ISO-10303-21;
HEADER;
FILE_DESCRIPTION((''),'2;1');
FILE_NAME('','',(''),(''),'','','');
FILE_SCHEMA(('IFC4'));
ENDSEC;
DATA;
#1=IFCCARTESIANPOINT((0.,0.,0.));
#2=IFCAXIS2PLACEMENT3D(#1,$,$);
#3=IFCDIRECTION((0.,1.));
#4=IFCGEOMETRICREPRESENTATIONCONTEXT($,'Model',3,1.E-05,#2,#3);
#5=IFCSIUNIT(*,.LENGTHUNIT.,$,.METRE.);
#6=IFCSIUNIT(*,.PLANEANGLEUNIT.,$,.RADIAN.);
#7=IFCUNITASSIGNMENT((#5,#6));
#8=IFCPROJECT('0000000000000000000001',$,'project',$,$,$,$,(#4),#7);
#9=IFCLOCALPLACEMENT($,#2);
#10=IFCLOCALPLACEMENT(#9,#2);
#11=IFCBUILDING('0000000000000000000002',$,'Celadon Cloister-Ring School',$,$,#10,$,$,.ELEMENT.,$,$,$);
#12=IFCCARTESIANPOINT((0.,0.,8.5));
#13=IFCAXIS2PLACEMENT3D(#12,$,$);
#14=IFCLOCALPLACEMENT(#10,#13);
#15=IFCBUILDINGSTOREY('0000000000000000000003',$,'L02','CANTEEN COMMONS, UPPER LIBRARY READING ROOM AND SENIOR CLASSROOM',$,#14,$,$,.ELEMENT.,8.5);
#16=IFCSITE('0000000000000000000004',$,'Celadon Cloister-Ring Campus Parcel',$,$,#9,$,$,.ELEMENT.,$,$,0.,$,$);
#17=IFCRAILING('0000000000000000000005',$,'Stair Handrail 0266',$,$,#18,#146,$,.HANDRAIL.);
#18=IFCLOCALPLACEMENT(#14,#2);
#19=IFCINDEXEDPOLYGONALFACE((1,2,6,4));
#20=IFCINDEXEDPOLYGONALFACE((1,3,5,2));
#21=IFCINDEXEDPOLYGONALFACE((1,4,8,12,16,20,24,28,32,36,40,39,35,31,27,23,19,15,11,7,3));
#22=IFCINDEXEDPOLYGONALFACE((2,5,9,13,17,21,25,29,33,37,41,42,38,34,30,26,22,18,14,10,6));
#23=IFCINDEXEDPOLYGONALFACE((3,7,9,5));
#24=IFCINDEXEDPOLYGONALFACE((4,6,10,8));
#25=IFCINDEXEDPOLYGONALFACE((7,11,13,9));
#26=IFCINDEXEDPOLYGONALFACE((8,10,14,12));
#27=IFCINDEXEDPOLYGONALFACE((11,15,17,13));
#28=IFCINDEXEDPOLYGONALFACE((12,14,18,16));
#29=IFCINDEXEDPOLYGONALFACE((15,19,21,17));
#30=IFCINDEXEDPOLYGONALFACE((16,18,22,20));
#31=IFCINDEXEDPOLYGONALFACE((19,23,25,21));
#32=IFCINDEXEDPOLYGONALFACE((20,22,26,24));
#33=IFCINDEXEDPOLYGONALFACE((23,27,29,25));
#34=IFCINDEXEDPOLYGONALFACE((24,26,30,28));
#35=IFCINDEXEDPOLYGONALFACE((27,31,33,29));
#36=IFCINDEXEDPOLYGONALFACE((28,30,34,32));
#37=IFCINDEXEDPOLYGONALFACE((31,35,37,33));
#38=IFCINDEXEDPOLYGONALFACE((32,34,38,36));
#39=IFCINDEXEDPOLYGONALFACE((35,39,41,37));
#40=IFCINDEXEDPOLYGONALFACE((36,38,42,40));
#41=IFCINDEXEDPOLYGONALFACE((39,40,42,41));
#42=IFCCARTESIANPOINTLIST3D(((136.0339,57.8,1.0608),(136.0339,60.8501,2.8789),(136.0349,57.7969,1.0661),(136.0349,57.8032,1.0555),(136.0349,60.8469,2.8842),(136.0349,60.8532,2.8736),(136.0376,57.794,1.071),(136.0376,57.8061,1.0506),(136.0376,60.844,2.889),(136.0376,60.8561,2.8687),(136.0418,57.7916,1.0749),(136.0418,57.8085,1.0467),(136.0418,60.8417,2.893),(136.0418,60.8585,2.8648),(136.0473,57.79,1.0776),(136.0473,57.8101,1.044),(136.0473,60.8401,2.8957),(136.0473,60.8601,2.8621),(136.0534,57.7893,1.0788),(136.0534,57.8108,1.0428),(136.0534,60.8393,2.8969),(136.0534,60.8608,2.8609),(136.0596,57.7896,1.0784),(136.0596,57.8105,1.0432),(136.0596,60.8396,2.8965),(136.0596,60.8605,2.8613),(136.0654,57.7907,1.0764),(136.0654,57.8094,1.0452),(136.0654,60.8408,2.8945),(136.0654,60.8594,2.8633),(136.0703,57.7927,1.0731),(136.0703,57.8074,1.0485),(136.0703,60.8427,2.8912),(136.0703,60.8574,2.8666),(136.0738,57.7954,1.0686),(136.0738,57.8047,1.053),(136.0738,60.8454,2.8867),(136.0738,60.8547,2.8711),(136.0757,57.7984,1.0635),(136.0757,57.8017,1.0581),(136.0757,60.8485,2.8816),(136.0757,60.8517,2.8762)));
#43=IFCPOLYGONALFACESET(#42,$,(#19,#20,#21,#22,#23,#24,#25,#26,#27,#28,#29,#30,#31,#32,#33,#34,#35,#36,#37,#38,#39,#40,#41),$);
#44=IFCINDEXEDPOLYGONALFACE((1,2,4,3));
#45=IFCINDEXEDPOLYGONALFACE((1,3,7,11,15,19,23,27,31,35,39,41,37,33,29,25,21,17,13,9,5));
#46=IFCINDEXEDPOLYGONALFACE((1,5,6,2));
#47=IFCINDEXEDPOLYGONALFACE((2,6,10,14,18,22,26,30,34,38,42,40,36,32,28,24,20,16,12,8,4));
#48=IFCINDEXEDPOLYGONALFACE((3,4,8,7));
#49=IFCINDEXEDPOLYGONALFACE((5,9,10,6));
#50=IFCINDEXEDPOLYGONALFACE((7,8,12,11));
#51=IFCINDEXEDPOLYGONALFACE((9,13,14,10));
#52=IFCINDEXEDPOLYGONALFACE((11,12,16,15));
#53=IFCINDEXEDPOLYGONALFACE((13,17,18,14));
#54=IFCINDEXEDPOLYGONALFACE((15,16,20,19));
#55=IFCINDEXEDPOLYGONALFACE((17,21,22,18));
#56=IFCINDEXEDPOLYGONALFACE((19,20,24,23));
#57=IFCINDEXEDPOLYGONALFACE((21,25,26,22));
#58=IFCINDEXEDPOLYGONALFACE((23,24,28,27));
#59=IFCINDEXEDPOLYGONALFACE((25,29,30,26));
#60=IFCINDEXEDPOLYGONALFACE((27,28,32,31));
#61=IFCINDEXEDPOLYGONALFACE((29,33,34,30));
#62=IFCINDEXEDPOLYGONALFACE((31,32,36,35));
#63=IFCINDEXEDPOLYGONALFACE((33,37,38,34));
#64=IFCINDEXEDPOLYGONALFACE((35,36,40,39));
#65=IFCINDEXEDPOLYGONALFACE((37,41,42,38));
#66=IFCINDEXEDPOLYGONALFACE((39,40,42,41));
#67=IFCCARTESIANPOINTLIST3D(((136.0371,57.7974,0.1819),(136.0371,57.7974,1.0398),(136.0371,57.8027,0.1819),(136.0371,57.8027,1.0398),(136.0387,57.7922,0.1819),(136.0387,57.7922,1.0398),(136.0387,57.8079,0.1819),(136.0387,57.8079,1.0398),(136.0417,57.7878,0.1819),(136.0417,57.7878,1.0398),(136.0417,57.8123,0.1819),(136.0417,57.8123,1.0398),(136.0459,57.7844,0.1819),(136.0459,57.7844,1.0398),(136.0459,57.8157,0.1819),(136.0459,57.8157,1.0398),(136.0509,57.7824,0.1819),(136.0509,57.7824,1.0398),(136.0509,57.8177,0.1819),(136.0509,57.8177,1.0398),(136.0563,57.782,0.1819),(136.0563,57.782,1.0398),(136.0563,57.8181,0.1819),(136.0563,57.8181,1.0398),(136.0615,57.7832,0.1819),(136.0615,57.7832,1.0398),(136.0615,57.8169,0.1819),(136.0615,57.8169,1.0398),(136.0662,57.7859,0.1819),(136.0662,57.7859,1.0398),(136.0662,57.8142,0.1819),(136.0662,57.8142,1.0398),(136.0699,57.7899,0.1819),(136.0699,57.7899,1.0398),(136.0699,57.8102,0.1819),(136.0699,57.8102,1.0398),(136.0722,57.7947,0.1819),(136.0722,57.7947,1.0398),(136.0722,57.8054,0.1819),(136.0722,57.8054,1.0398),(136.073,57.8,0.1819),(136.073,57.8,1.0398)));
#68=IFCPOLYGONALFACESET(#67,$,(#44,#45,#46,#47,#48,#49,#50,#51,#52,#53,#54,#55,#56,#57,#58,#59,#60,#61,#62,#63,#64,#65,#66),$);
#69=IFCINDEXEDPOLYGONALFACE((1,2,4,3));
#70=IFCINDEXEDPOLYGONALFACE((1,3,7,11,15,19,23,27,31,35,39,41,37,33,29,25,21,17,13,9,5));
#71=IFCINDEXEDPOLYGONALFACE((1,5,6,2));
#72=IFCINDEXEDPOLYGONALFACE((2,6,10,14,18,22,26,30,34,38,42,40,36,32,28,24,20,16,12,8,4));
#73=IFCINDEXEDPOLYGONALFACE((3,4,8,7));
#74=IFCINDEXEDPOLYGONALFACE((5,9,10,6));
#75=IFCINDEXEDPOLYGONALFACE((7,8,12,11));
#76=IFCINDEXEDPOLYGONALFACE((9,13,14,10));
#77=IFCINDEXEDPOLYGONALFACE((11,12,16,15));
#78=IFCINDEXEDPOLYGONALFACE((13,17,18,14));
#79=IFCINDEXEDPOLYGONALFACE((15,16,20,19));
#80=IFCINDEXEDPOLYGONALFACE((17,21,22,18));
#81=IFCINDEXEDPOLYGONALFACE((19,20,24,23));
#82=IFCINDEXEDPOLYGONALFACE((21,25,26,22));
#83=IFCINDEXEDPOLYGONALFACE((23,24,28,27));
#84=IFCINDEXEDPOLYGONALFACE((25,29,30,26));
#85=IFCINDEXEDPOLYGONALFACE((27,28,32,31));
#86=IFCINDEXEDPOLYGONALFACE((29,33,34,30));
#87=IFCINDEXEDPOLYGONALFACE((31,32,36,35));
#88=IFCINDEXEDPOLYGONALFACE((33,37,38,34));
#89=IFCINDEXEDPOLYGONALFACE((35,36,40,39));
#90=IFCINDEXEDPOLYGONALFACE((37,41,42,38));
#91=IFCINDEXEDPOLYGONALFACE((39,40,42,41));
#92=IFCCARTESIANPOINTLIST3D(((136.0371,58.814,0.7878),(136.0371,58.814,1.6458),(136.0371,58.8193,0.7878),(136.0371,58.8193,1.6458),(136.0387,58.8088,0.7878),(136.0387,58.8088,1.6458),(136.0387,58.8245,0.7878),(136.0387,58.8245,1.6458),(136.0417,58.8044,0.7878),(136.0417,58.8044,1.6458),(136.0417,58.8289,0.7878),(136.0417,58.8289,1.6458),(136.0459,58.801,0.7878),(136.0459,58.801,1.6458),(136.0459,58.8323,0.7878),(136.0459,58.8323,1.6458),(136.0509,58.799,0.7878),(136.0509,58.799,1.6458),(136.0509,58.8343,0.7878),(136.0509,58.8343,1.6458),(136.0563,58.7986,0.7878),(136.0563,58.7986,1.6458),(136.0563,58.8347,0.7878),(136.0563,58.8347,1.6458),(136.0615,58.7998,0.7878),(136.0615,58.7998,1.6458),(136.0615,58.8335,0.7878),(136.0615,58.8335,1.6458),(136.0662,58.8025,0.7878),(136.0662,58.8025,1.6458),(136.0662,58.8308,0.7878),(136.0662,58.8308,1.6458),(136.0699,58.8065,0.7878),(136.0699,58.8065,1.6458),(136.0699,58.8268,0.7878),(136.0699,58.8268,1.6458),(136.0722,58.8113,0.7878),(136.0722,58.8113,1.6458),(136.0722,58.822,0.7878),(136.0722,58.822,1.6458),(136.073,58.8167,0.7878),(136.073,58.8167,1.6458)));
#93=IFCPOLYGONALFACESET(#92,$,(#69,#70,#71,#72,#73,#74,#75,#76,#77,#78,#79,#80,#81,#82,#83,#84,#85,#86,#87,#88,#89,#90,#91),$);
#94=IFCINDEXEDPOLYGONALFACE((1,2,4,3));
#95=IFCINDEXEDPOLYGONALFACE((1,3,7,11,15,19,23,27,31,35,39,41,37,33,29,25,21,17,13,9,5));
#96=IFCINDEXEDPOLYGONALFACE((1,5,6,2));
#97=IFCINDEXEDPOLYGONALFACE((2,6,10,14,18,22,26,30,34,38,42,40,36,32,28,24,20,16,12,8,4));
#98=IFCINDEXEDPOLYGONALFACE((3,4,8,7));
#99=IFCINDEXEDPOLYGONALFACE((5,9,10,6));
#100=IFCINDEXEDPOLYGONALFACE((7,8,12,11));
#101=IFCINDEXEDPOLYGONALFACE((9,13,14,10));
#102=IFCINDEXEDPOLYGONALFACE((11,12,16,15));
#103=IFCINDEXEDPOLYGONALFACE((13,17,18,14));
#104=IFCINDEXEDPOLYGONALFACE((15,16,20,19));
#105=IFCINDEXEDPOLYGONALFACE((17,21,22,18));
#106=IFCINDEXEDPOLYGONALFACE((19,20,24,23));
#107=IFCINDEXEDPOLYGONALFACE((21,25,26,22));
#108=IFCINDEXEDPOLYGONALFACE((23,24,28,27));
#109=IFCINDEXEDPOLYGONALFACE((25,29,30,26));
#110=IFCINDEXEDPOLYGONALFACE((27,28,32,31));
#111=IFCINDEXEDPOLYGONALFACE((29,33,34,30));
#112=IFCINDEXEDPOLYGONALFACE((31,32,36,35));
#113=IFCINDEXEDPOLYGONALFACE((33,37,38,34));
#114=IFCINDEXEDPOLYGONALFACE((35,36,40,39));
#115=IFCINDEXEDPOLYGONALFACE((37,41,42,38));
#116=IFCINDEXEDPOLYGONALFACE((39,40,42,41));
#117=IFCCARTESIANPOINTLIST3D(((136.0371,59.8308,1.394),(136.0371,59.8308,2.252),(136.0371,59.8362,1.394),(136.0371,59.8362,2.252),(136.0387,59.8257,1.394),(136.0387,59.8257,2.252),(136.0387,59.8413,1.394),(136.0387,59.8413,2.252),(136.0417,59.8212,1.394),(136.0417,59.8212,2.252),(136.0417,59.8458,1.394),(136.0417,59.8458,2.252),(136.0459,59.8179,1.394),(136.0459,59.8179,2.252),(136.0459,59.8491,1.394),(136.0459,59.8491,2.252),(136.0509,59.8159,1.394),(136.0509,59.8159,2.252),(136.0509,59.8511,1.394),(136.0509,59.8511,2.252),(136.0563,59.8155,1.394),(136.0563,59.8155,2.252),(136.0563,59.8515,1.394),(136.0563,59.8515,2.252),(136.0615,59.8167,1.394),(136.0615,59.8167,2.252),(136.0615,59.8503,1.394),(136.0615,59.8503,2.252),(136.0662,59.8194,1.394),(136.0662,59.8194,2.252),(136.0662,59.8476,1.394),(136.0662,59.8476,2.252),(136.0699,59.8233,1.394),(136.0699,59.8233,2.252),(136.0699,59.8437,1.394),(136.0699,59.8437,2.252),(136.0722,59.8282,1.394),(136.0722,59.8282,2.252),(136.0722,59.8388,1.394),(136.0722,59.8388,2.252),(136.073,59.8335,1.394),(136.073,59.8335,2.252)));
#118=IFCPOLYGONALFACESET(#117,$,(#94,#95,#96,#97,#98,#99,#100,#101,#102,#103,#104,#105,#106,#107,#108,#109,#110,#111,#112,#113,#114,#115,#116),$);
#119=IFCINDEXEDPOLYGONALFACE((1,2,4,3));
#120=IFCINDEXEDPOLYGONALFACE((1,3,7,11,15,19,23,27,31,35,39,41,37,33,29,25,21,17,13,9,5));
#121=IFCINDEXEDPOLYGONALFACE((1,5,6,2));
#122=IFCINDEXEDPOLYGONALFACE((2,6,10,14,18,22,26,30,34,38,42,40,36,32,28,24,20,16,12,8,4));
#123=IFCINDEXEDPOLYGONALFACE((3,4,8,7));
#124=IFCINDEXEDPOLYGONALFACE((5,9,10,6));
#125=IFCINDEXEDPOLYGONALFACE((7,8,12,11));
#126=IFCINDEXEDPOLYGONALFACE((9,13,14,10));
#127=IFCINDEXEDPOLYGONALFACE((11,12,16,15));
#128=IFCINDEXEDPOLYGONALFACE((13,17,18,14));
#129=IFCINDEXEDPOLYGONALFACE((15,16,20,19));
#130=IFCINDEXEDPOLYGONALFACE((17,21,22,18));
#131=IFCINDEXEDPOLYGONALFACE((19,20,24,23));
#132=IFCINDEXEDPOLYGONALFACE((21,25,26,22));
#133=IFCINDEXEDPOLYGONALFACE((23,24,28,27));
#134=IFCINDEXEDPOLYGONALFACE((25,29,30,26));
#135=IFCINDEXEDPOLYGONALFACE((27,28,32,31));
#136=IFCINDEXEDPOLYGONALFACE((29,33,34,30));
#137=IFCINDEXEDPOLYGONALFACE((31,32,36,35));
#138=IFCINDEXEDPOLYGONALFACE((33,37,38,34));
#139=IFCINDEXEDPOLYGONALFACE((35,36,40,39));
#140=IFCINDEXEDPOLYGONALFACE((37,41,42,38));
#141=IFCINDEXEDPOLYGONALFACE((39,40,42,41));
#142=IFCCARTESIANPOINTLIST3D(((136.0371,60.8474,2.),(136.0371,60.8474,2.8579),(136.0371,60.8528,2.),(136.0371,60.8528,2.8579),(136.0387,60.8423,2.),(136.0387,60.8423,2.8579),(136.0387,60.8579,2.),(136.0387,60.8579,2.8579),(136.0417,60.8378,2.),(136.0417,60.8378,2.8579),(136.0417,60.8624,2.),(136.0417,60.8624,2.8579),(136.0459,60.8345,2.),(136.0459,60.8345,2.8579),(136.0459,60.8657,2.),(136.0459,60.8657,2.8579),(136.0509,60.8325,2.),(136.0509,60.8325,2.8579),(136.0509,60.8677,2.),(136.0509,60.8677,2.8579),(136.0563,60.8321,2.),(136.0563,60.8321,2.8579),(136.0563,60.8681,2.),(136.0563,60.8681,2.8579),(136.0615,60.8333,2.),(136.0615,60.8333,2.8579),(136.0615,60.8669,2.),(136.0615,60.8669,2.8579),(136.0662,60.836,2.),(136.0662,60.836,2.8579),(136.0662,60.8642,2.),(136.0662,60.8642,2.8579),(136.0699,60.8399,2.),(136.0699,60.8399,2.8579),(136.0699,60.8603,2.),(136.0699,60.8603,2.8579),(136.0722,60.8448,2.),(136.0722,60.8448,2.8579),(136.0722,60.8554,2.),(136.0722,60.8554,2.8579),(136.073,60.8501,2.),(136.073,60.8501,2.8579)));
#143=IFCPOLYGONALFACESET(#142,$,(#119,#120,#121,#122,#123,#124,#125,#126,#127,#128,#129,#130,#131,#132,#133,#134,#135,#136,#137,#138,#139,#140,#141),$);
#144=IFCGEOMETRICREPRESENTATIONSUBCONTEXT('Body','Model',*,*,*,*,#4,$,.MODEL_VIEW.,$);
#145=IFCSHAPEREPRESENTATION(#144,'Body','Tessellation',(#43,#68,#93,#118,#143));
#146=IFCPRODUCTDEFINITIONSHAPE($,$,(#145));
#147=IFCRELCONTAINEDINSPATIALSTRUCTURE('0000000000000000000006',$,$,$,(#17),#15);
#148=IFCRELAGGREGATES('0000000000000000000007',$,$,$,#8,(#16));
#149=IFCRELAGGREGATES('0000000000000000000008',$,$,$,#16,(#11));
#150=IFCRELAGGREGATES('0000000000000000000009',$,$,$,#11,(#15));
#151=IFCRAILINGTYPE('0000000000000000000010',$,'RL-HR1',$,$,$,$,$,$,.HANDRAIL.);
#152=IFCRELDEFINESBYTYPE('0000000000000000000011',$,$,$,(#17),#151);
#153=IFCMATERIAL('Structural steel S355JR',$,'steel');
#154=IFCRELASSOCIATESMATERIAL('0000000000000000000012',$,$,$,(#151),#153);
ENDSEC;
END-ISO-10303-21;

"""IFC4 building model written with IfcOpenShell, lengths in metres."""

from ifc_helpers import new_model, si_unit, direction, frame, origin, origin_2d, place, context, subcontext, project, spatial, circle, extrude, material, type_object, element, save


model = new_model("IFC4")

# Units and contexts
model_context = context("Model", 3, precision=1e-05, world=origin(), true_north=direction((0.0, 1.0)))
body_context = subcontext(model_context, "Body", "Model", "MODEL_VIEW")
ifc_project = project(units=[si_unit("LENGTHUNIT", "METRE"), si_unit("PLANEANGLEUNIT", "RADIAN")], contexts=[model_context])

# Site, building, storey
site_placement = place(None, origin())
site = spatial("IfcSite", under=ifc_project, at=site_placement, Name="Celadon Cloister-Ring Campus Parcel", CompositionType="ELEMENT", RefElevation=0.0)
building_placement = place(site_placement, origin())
building = spatial("IfcBuilding", under=site, at=building_placement, Name="Celadon Cloister-Ring School", CompositionType="ELEMENT")
storey_placement = place(building_placement, frame((0.0, 0.0, 8.5)))
storey = spatial("IfcBuildingStorey", under=building, at=storey_placement, Name="L02", Description="CANTEEN COMMONS, UPPER LIBRARY READING ROOM AND SENIOR CLASSROOM", CompositionType="ELEMENT", Elevation=8.5)

# Railing
ifc_material_1 = material(Name="Structural steel S355JR", Category="steel")
railing_type_1 = type_object("IfcRailingType", Name="RL-HR1", PredefinedType="HANDRAIL", material=ifc_material_1)
for number, where, name in (
    (1, (136.0549, 57.8, 0.1819), "Stair Handrail 0266"),
):
    element("IfcRailing", number, at=place(storey_placement, frame(where)), inside=storey, type_object=railing_type_1, Name=name, PredefinedType="HANDRAIL", context=body_context, shape_type="SweptSolid", body=[
        extrude(circle(Radius=0.021, at=origin_2d()), frame((0.0, 0.0, 0.8789), z_axis=(0.0, 0.85897, 0.512026), x_axis=(-1.0, 0.0, 0.0)), (0.0, 0.0, 1.0), 3.5508),
        extrude(circle(Radius=0.0181, at=origin_2d()), origin(), (0.0, 0.0, 1.0), 0.8579),
        extrude(circle(Radius=0.0181, at=origin_2d()), frame((0.0, 1.0166, 0.606)), (0.0, 0.0, 1.0), 0.8579),
        extrude(circle(Radius=0.0181, at=origin_2d()), frame((0.0, 2.0334, 1.2122)), (0.0, 0.0, 1.0), 0.8579),
        extrude(circle(Radius=0.0181, at=origin_2d()), frame((0.0, 3.05, 1.8181)), (0.0, 0.0, 1.0), 0.8579),
    ])

save(model, "model.ifc")
